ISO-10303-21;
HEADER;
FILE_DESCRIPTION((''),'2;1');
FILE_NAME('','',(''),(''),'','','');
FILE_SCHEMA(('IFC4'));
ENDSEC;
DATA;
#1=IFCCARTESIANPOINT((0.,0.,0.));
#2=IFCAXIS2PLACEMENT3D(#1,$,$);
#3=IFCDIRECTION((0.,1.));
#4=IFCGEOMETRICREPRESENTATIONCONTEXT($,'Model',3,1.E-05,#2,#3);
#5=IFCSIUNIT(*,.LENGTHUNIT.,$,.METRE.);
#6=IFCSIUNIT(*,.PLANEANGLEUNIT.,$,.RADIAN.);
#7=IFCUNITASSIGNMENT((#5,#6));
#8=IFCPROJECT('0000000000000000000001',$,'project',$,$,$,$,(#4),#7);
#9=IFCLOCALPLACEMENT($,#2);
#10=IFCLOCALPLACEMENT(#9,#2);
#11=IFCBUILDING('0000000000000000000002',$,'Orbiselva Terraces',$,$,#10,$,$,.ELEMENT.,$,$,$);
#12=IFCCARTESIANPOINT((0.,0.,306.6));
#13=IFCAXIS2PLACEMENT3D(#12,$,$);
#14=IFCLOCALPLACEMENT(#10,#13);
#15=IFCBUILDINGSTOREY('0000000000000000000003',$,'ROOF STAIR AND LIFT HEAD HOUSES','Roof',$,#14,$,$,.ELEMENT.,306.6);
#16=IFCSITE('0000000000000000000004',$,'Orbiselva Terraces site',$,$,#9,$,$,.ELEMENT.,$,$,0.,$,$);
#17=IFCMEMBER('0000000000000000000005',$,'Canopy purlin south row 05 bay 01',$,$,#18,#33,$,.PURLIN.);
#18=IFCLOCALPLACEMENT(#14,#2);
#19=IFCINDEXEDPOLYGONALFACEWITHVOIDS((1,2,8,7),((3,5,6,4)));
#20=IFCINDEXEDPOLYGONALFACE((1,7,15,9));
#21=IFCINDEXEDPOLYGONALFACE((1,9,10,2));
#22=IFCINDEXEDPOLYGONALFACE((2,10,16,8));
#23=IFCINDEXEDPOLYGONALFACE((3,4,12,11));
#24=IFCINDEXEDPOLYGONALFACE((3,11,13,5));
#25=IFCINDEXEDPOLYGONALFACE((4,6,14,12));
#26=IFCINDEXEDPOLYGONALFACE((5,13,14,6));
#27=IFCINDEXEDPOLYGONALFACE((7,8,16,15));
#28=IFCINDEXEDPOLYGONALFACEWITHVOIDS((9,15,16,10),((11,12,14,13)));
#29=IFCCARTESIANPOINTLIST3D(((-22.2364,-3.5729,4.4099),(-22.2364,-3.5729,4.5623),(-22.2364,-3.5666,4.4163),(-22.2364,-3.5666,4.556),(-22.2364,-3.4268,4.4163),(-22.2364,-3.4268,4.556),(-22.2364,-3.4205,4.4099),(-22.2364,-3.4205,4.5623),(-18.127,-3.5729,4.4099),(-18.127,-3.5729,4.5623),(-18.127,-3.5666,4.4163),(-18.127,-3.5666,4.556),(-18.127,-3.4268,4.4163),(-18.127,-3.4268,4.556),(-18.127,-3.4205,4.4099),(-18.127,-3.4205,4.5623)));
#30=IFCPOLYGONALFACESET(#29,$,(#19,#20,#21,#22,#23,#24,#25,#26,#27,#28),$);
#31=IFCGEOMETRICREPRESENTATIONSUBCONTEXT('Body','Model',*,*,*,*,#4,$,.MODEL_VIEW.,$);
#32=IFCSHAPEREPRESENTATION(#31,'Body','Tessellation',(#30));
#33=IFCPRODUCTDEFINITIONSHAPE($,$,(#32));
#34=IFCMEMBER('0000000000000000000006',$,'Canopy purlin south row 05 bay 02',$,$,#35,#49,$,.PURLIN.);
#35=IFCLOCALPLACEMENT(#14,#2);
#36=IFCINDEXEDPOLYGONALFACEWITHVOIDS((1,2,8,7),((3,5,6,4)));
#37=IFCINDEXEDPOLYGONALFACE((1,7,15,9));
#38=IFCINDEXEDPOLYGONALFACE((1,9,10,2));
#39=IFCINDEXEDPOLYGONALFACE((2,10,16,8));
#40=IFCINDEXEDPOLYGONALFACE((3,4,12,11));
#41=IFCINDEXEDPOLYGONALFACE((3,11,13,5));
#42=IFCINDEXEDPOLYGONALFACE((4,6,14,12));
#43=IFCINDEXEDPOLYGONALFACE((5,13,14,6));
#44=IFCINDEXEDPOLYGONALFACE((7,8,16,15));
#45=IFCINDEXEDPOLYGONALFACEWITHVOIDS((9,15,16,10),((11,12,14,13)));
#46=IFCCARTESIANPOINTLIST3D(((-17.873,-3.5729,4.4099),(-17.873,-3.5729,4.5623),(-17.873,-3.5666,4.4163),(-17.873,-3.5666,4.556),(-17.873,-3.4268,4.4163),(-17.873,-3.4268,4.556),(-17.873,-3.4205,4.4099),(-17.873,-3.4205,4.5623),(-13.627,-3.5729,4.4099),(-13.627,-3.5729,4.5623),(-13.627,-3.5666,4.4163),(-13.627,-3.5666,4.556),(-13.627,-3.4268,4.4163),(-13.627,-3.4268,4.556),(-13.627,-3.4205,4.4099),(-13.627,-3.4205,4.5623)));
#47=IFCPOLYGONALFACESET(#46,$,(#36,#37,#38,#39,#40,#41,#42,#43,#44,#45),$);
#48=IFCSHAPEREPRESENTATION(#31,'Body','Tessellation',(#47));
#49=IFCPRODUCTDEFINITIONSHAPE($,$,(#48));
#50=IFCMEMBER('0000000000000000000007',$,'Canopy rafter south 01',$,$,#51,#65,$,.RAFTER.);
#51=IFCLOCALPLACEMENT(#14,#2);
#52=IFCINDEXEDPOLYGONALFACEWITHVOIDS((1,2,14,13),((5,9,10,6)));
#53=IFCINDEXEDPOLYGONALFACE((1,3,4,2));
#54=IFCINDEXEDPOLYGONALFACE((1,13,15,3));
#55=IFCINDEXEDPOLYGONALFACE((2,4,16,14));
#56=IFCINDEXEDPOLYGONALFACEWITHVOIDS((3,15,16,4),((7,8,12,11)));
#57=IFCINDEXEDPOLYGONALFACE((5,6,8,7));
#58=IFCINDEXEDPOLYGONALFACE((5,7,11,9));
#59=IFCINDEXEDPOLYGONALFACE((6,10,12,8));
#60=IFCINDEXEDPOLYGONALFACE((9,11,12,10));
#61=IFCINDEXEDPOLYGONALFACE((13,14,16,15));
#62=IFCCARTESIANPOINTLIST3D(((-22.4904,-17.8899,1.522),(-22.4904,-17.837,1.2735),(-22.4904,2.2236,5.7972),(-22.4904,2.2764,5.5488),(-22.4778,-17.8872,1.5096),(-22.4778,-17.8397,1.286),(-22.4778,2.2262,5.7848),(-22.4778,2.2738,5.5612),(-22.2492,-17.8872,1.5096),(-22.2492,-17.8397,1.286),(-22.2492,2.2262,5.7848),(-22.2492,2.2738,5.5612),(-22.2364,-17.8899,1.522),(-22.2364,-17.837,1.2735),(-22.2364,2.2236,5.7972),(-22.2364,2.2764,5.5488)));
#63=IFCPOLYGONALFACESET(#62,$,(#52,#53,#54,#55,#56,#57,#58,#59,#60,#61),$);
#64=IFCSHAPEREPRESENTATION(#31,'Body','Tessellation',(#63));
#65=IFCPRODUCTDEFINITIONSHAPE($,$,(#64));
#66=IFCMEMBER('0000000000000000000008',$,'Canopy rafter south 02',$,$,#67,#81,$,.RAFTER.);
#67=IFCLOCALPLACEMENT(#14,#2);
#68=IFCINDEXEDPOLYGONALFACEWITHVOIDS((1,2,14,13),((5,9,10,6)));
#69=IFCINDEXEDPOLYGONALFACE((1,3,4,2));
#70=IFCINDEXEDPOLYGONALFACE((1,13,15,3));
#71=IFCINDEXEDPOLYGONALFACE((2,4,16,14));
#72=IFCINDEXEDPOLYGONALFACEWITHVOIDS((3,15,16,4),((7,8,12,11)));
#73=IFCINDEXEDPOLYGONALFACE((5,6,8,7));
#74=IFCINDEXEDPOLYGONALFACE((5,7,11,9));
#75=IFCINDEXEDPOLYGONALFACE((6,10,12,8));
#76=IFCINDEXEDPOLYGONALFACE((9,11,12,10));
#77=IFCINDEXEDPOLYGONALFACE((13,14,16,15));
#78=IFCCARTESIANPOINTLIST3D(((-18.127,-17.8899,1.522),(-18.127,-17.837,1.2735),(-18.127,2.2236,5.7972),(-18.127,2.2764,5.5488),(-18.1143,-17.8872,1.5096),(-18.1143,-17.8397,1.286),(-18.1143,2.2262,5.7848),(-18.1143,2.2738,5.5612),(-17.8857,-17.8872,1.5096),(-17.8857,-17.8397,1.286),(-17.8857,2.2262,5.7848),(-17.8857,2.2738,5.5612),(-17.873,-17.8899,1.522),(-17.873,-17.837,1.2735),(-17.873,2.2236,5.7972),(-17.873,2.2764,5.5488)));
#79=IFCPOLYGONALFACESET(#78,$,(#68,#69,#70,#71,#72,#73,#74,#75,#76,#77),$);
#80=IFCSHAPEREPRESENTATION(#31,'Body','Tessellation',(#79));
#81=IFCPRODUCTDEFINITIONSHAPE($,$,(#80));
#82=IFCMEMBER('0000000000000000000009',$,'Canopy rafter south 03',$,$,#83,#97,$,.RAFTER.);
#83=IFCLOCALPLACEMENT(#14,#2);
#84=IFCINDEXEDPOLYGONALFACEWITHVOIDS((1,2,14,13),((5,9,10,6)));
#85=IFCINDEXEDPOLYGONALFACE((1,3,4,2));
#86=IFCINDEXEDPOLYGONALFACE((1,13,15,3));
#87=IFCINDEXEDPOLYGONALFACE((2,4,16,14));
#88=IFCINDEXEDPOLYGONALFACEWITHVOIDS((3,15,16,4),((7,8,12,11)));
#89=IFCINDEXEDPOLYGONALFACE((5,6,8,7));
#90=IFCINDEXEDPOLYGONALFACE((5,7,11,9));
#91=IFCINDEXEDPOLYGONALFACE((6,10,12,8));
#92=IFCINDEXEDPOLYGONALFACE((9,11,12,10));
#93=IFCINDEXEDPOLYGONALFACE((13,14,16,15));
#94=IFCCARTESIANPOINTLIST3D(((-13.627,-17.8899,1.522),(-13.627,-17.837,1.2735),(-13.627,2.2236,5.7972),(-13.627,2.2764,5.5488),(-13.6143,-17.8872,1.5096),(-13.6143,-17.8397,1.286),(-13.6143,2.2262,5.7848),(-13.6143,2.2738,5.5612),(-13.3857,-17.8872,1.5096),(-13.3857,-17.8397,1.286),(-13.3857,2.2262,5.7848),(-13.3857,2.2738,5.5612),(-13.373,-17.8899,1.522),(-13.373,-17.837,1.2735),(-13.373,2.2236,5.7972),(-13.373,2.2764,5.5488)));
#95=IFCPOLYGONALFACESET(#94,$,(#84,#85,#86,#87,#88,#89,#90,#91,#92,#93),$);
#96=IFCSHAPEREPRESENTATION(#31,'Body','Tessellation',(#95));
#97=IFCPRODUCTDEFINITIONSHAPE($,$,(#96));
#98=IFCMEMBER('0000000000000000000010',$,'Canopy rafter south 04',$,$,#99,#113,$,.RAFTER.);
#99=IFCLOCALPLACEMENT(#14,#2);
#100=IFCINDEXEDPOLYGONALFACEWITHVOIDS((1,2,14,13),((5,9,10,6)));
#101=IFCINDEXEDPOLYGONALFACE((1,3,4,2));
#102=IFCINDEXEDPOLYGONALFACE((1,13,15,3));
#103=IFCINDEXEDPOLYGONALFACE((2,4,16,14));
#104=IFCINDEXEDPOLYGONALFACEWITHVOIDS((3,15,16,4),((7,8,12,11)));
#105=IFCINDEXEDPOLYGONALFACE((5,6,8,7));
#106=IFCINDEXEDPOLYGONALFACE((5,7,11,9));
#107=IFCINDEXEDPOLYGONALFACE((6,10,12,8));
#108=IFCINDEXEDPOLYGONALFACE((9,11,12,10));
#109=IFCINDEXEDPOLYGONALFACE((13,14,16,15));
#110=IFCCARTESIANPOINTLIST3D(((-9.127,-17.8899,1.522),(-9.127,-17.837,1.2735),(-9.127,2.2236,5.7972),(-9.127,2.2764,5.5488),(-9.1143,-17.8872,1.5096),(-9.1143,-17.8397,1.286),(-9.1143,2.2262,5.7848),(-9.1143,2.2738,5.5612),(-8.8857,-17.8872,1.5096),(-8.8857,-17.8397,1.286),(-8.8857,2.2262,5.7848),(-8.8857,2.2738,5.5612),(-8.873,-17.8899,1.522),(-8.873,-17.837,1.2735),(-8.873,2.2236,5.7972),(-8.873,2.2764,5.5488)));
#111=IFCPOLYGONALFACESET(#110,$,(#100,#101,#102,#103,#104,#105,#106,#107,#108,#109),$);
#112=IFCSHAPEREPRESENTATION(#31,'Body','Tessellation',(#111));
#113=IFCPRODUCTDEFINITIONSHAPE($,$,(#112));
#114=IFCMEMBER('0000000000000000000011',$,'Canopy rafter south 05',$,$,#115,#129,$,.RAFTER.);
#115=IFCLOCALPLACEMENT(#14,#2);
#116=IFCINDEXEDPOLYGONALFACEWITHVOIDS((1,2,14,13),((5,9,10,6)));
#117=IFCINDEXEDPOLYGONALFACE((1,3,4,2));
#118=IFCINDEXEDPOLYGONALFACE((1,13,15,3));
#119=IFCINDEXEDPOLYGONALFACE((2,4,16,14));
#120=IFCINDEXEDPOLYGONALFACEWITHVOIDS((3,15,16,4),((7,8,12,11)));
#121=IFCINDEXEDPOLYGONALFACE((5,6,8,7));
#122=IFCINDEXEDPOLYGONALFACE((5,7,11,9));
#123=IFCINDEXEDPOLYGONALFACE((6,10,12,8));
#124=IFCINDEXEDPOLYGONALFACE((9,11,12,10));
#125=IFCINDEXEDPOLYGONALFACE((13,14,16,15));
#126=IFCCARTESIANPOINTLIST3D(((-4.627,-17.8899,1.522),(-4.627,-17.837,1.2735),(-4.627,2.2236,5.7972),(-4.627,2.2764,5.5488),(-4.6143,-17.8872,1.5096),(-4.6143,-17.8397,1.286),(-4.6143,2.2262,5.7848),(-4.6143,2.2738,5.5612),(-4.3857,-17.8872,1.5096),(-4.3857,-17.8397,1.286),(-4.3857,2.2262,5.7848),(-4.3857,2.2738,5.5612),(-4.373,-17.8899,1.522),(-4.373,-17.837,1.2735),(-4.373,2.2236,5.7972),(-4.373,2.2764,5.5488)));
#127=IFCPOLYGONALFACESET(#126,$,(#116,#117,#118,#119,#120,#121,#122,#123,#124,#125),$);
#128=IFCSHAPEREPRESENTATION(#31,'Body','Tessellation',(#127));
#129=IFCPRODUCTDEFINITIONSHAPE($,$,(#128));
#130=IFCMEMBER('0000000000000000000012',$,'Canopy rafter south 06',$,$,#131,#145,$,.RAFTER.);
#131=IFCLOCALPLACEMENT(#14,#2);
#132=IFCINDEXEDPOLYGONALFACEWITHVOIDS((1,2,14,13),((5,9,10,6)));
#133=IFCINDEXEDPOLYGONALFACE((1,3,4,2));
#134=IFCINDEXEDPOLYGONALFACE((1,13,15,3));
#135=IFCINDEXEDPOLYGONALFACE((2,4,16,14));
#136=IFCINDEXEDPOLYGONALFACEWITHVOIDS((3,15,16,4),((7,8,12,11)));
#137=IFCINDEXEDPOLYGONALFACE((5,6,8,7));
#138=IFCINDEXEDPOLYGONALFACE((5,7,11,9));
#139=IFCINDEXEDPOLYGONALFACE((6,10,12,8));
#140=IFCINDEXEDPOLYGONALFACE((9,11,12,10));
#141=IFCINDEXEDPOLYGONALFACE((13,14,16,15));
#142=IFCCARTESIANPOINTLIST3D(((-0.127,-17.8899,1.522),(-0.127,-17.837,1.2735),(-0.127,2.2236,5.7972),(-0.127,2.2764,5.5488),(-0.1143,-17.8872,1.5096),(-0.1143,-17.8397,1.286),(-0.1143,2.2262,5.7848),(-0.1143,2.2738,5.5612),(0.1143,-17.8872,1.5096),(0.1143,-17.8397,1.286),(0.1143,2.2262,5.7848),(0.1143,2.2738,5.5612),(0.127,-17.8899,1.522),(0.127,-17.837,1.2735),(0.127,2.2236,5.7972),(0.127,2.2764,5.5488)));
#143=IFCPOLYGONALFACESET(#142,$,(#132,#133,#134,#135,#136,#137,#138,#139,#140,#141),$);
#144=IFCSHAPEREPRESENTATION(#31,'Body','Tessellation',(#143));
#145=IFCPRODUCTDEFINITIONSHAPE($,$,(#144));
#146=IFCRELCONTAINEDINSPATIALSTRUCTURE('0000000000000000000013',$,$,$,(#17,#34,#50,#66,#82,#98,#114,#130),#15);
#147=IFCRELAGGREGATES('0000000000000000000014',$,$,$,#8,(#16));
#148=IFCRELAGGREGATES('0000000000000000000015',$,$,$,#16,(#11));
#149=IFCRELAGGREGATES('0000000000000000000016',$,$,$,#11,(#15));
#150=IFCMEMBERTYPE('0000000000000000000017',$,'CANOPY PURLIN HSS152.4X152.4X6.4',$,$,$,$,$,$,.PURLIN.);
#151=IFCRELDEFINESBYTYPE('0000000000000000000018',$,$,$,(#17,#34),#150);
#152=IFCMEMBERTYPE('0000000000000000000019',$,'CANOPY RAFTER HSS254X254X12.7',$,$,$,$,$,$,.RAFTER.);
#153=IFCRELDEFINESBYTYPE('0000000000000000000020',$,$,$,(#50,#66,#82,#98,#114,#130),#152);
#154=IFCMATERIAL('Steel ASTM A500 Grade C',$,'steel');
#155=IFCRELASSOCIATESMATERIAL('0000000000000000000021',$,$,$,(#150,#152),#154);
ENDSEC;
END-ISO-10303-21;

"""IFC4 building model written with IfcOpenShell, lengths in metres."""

from ifc_helpers import new_model, si_unit, direction, frame, origin, origin_2d, place, context, subcontext, project, spatial, hollow_rectangle, extrude, material, material_profile, profile_set, type_object, element, save


model = new_model("IFC4")

# Units and contexts
model_context = context("Model", 3, precision=1e-05, world=origin(), true_north=direction((0.0, 1.0)))
body_context = subcontext(model_context, "Body", "Model", "MODEL_VIEW")
ifc_project = project(units=[si_unit("LENGTHUNIT", "METRE"), si_unit("PLANEANGLEUNIT", "RADIAN")], contexts=[model_context])

# Site, building, storey
site_placement = place(None, origin())
site = spatial("IfcSite", under=ifc_project, at=site_placement, Name="Orbiselva Terraces site", CompositionType="ELEMENT", RefElevation=0.0)
building_placement = place(site_placement, origin())
building = spatial("IfcBuilding", under=site, at=building_placement, Name="Orbiselva Terraces", CompositionType="ELEMENT")
storey_placement = place(building_placement, frame((0.0, 0.0, 306.6)))
storey = spatial("IfcBuildingStorey", under=building, at=storey_placement, Name="ROOF STAIR AND LIFT HEAD HOUSES", Description="Roof", CompositionType="ELEMENT", Elevation=306.6)

# Shared definitions
ifc_material = material(Name="Steel ASTM A500 Grade C", Category="steel")

# Members
ifc_material_profile_1 = material_profile(ifc_material, hollow_rectangle(XDim=0.1524, YDim=0.1524, WallThickness=0.0063, at=origin_2d()), Name="HSS152.4X152.4X6.4")
ifc_profile_set_1 = profile_set([ifc_material_profile_1], Name="Steel ASTM A500 Grade C")
member_type_1 = type_object("IfcMemberType", Name="CANOPY PURLIN HSS152.4X152.4X6.4", PredefinedType="PURLIN", material=ifc_profile_set_1)
member_1_placement = place(storey_placement, frame((-22.2365, -3.4967, 4.4861), z_axis=(1.0, 0.0, 0.0), x_axis=(0.0, 1.0, 0.0)))
element("IfcMember", 1, at=member_1_placement, inside=storey, type_object=member_type_1, Name="Canopy purlin south row 05 bay 01", PredefinedType="PURLIN", context=body_context, shape_type="SweptSolid", body=[
    extrude(hollow_rectangle(XDim=0.1524, YDim=0.1524, WallThickness=0.0063, at=origin_2d()), origin(), (0.0, 0.0, 1.0), 4.1094),
])
member_2_placement = place(storey_placement, frame((-17.873, -3.4967, 4.4861), z_axis=(1.0, 0.0, 0.0), x_axis=(0.0, 1.0, 0.0)))
element("IfcMember", 2, at=member_2_placement, inside=storey, type_object=member_type_1, Name="Canopy purlin south row 05 bay 02", PredefinedType="PURLIN", context=body_context, shape_type="SweptSolid", body=[
    extrude(hollow_rectangle(XDim=0.1524, YDim=0.1524, WallThickness=0.0063, at=origin_2d()), origin(), (0.0, 0.0, 1.0), 4.246),
])
ifc_material_profile_2 = material_profile(ifc_material, hollow_rectangle(XDim=0.254, YDim=0.254, WallThickness=0.0127, at=origin_2d()), Name="HSS254X254X12.7")
ifc_profile_set_2 = profile_set([ifc_material_profile_2], Name="Steel ASTM A500 Grade C")
member_type_2 = type_object("IfcMemberType", Name="CANOPY RAFTER HSS254X254X12.7", PredefinedType="RAFTER", material=ifc_profile_set_2)
for number, where, z_axis, x_axis, name in (
    (3, (-22.3635, -17.8635, 1.3978), (0.0, 0.978148, 0.207912), (-1.0, 0.0, 0.0), "Canopy rafter south 01"),
    (4, (-18.0, -17.8635, 1.3978), (0.0, 0.978148, 0.207912), (-1.0, 0.0, 0.0), "Canopy rafter south 02"),
    (5, (-13.5, -17.8635, 1.3978), (0.0, 0.978148, 0.207912), (-1.0, 0.0, 0.0), "Canopy rafter south 03"),
    (6, (-9.0, -17.8635, 1.3978), (0.0, 0.978148, 0.207912), (-1.0, 0.0, 0.0), "Canopy rafter south 04"),
    (7, (-4.5, -17.8635, 1.3978), (0.0, 0.978148, 0.207912), (-1.0, 0.0, 0.0), "Canopy rafter south 05"),
    (8, (0.0, -17.8635, 1.3978), (0.0, 0.978148, 0.207912), (-1.0, 0.0, 0.0), "Canopy rafter south 06"),
):
    element("IfcMember", number, at=place(storey_placement, frame(where, z_axis=z_axis, x_axis=x_axis)), inside=storey, type_object=member_type_2, Name=name, PredefinedType="RAFTER", context=body_context, shape_type="SweptSolid", body=[
        extrude(hollow_rectangle(XDim=0.254, YDim=0.254, WallThickness=0.0127, at=origin_2d()), origin(), (0.0, 0.0, 1.0), 20.5628),
    ])

save(model, "model.ifc")
